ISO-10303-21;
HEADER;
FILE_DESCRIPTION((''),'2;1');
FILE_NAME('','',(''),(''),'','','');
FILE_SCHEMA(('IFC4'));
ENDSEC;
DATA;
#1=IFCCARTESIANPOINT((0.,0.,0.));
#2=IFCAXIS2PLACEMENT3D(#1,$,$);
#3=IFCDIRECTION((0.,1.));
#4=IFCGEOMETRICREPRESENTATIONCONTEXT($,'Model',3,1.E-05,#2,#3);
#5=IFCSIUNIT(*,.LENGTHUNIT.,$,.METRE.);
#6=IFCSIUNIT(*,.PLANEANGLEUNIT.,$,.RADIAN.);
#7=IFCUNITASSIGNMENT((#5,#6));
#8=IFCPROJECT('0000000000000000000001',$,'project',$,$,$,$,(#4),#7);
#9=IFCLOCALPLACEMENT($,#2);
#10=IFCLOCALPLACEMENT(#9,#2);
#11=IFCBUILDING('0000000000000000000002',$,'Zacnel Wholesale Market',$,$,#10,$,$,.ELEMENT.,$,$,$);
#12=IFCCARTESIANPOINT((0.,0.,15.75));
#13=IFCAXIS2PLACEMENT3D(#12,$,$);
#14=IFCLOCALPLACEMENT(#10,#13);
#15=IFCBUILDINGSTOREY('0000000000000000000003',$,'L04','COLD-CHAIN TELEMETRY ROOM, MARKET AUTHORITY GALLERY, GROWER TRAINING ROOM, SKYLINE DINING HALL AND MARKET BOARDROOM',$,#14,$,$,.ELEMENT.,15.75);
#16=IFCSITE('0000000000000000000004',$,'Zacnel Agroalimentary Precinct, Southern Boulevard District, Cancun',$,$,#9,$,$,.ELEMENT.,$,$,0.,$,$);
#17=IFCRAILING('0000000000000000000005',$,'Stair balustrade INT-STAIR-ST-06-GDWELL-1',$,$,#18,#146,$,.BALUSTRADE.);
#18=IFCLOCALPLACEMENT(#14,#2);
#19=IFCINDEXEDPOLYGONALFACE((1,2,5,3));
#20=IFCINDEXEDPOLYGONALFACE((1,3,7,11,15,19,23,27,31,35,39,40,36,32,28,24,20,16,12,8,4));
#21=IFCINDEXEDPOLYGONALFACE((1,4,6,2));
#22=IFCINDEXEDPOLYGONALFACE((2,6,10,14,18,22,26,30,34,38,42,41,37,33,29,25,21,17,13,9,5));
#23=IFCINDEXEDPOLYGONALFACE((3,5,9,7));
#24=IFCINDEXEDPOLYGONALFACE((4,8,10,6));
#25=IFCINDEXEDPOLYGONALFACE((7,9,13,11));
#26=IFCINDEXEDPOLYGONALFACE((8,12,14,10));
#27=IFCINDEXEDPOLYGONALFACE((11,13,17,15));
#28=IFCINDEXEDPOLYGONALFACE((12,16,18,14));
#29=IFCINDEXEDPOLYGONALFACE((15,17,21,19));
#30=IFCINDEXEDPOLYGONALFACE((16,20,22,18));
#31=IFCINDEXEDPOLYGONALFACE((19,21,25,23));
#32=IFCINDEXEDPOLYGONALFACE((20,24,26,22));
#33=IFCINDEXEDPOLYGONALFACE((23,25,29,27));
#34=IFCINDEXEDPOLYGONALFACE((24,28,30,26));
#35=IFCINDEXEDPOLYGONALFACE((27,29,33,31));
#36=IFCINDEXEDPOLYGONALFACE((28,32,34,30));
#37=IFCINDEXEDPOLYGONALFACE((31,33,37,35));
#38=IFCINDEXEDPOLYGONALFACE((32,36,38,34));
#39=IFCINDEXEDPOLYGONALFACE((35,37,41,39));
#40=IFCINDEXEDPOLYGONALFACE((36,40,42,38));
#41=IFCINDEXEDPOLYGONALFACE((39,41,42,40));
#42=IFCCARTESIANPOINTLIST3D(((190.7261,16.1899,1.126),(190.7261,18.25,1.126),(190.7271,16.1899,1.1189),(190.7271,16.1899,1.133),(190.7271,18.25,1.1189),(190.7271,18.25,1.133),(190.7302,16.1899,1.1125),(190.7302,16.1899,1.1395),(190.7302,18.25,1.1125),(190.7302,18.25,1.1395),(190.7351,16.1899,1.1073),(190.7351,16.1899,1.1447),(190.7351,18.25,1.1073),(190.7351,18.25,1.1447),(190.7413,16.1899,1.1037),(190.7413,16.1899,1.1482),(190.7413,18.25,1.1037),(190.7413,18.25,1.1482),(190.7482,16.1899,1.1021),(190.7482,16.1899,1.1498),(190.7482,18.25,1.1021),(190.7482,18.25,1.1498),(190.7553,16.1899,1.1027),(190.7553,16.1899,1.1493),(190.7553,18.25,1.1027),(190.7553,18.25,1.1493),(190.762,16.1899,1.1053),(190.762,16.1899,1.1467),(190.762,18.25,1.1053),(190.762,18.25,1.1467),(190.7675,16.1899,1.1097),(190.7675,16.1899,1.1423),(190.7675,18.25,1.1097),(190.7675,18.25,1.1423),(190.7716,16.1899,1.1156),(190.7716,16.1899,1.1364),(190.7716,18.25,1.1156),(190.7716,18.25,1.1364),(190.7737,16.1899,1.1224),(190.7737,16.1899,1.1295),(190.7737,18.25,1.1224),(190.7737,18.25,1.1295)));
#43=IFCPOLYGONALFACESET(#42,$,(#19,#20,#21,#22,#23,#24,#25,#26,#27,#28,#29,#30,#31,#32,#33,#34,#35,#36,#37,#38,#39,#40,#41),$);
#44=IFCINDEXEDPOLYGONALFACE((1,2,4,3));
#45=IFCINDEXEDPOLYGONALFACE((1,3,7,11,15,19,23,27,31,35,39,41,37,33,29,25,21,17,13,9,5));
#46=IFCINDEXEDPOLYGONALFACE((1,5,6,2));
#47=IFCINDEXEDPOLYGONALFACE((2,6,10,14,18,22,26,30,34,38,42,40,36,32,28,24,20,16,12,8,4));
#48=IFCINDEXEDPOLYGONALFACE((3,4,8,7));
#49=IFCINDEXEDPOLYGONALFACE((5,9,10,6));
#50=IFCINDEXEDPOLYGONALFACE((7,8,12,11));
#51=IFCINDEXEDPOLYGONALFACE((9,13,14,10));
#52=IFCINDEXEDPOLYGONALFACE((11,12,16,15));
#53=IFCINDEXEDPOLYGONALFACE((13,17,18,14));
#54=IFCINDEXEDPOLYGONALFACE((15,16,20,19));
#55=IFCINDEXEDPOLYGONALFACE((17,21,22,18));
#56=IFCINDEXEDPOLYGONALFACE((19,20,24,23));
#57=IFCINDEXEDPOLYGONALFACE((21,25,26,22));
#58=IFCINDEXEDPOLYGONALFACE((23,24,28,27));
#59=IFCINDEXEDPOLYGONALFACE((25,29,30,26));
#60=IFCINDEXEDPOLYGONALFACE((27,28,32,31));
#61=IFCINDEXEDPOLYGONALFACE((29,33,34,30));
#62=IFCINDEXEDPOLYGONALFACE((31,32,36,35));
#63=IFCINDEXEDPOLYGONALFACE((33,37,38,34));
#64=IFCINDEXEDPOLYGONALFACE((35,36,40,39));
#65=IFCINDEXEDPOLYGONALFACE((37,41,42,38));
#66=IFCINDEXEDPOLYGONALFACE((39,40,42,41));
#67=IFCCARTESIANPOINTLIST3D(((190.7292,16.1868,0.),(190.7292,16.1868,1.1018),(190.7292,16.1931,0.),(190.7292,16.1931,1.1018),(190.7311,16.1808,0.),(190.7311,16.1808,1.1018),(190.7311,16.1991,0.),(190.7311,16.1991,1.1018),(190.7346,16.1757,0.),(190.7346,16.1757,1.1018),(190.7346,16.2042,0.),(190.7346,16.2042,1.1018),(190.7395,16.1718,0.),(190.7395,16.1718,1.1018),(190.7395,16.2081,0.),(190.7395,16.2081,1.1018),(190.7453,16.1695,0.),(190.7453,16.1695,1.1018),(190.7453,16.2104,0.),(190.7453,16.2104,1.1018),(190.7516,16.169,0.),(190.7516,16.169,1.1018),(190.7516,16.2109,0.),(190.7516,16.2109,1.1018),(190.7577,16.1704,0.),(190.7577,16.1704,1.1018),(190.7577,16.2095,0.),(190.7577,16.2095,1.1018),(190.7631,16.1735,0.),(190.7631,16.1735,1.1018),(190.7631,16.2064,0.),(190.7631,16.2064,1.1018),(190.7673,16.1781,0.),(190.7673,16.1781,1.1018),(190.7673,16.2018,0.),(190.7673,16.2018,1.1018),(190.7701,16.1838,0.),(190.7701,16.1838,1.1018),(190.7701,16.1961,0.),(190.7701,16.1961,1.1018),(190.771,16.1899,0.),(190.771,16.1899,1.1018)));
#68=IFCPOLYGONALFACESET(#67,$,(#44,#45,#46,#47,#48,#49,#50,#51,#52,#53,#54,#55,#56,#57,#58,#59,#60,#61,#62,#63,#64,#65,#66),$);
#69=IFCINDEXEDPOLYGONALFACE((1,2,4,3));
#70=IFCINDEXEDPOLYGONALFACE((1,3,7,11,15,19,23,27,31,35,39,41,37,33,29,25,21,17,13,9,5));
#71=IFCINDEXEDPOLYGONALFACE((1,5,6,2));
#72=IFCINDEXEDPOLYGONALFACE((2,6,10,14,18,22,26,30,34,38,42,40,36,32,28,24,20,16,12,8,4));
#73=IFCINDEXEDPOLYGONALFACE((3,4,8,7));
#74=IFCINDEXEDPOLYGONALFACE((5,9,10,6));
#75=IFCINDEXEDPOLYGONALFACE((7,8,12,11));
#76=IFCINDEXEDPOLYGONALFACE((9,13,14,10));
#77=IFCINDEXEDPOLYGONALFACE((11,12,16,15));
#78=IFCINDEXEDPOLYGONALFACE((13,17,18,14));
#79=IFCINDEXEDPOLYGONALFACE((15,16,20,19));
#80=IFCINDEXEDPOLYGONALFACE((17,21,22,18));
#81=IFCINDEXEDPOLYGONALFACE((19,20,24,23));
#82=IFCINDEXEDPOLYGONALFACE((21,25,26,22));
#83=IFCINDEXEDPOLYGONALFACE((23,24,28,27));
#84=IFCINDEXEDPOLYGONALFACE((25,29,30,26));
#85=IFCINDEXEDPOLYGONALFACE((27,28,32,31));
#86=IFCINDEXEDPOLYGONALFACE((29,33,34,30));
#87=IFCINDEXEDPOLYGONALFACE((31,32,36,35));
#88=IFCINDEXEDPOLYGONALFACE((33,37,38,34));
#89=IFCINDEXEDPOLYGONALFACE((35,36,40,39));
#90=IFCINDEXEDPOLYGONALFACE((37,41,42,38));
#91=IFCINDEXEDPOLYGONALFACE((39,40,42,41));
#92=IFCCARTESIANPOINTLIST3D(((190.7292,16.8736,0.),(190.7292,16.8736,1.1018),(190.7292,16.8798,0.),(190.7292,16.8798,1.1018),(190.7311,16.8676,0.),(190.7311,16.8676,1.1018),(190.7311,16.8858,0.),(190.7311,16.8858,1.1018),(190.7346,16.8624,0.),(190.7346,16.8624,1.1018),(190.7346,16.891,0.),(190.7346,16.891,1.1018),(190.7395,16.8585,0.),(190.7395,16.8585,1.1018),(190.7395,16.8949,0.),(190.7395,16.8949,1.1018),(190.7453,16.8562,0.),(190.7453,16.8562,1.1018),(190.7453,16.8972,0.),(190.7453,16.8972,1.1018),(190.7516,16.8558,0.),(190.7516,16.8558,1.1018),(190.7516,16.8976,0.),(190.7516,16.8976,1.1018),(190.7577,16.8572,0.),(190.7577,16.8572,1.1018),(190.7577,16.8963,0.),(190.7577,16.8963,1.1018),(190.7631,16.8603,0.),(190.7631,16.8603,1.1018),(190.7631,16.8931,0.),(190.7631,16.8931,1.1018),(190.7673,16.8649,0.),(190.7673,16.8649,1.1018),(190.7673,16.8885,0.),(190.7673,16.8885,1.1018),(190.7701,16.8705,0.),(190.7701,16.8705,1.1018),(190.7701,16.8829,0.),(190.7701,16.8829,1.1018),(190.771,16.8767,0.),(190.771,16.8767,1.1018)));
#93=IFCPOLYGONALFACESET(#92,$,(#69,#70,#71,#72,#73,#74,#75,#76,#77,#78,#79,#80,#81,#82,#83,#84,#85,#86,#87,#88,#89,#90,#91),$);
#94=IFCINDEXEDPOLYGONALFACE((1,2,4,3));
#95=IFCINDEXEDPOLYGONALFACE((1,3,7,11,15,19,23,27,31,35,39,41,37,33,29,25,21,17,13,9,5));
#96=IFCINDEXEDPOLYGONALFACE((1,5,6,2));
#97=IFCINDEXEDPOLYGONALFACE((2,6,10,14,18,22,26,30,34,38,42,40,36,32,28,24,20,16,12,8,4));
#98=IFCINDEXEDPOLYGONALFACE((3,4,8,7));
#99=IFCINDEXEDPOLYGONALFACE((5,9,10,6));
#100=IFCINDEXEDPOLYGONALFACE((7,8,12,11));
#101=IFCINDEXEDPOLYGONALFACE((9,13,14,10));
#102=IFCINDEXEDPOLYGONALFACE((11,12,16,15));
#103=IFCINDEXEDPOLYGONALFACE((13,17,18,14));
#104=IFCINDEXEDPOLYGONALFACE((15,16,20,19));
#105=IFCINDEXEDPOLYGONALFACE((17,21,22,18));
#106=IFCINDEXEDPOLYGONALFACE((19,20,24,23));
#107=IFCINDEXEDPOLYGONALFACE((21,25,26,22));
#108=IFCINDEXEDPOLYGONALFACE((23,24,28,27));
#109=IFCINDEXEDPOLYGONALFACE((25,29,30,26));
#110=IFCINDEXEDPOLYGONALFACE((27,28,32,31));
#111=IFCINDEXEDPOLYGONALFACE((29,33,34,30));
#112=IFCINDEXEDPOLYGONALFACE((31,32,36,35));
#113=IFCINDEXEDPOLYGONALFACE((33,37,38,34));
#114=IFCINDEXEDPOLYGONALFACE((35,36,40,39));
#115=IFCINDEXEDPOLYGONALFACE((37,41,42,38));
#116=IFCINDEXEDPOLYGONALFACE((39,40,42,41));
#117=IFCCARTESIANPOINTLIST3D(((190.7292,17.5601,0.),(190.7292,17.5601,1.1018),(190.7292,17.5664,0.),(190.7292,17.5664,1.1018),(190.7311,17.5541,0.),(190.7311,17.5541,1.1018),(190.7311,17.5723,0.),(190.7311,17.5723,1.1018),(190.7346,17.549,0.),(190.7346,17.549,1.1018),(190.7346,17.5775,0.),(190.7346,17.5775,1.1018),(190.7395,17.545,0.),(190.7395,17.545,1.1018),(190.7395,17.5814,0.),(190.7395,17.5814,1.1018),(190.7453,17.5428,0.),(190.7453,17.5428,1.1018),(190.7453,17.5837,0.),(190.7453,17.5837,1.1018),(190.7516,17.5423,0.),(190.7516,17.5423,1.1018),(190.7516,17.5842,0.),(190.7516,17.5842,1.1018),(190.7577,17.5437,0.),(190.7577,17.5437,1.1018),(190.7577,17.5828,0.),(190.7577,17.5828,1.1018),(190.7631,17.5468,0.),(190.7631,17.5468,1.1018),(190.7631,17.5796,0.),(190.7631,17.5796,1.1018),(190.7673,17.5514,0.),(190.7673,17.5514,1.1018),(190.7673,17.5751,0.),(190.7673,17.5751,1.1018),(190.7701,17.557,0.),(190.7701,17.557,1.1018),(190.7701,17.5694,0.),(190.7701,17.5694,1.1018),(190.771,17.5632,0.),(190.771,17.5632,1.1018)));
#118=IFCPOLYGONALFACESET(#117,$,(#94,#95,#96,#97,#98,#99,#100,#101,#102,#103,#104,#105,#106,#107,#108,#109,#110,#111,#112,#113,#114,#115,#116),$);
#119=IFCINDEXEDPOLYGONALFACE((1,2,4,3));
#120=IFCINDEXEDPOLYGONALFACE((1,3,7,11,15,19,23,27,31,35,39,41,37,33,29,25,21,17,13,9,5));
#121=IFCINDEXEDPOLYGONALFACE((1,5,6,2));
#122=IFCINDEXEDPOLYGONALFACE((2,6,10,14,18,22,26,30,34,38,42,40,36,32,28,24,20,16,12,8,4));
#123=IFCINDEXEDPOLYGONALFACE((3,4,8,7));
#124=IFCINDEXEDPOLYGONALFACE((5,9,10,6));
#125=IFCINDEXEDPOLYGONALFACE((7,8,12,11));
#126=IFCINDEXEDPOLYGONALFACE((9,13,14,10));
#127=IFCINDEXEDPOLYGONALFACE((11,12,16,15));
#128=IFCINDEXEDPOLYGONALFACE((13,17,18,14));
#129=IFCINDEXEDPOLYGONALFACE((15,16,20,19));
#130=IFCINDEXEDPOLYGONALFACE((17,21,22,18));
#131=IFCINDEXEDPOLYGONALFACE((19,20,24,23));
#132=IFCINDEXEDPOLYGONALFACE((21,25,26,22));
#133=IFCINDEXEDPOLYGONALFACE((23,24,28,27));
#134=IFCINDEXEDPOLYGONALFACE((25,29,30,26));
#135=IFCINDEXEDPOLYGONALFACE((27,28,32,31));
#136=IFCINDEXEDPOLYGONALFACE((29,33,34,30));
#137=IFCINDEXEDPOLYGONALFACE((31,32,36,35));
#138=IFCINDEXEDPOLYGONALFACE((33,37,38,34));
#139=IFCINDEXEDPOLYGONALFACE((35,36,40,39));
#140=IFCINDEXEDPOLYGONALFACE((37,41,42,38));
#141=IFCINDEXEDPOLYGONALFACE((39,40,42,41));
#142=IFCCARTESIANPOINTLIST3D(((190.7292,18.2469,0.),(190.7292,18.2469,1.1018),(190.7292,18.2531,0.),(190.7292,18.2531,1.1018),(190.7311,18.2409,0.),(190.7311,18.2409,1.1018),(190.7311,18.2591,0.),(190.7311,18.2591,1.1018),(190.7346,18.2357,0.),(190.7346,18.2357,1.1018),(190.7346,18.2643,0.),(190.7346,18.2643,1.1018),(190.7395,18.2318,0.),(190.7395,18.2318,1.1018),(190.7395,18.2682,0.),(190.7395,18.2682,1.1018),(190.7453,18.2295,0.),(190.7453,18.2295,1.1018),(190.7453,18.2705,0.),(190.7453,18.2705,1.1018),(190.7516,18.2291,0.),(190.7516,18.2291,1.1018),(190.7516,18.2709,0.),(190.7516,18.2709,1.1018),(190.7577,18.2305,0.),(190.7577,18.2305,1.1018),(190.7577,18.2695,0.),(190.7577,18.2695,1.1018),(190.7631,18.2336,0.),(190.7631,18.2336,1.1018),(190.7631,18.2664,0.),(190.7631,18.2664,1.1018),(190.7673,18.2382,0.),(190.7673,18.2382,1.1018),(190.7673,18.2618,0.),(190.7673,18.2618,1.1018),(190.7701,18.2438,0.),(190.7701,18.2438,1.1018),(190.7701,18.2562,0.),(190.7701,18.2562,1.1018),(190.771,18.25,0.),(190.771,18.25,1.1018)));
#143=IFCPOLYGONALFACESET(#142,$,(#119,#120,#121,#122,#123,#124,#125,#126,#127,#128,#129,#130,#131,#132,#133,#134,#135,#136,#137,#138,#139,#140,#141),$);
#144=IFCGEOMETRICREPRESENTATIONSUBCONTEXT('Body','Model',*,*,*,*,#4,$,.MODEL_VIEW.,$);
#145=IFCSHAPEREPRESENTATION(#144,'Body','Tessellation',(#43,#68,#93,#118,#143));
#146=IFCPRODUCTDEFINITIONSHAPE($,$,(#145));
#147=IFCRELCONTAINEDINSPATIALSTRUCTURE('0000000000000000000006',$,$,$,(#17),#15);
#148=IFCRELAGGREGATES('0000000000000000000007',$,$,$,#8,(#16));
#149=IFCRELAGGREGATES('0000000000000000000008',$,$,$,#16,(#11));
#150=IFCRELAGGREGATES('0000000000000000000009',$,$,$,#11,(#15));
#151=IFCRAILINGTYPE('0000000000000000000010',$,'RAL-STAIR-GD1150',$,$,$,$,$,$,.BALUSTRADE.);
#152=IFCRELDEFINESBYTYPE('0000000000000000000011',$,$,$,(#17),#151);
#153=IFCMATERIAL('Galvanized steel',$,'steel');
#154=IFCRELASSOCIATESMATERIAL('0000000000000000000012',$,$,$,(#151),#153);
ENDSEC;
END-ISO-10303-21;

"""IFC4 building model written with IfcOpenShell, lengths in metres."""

from ifc_helpers import new_model, si_unit, direction, frame, origin, origin_2d, place, context, subcontext, project, spatial, circle, extrude, material, type_object, element, save


model = new_model("IFC4")

# Units and contexts
model_context = context("Model", 3, precision=1e-05, world=origin(), true_north=direction((0.0, 1.0)))
body_context = subcontext(model_context, "Body", "Model", "MODEL_VIEW")
ifc_project = project(units=[si_unit("LENGTHUNIT", "METRE"), si_unit("PLANEANGLEUNIT", "RADIAN")], contexts=[model_context])

# Site, building, storey
site_placement = place(None, origin())
site = spatial("IfcSite", under=ifc_project, at=site_placement, Name="Zacnel Agroalimentary Precinct, Southern Boulevard District, Cancun", CompositionType="ELEMENT", RefElevation=0.0)
building_placement = place(site_placement, origin())
building = spatial("IfcBuilding", under=site, at=building_placement, Name="Zacnel Wholesale Market", CompositionType="ELEMENT")
storey_placement = place(building_placement, frame((0.0, 0.0, 15.75)))
storey = spatial("IfcBuildingStorey", under=building, at=storey_placement, Name="L04", Description="COLD-CHAIN TELEMETRY ROOM, MARKET AUTHORITY GALLERY, GROWER TRAINING ROOM, SKYLINE DINING HALL AND MARKET BOARDROOM", CompositionType="ELEMENT", Elevation=15.75)

# Railing
ifc_material_1 = material(Name="Galvanized steel", Category="steel")
railing_type = type_object("IfcRailingType", Name="RAL-STAIR-GD1150", PredefinedType="BALUSTRADE", material=ifc_material_1)
railing_placement = place(storey_placement, frame((190.75, 16.1899, 0.0)))
element("IfcRailing", 1, at=railing_placement, inside=storey, type_object=railing_type, Name="Stair balustrade INT-STAIR-ST-06-GDWELL-1", PredefinedType="BALUSTRADE", context=body_context, shape_type="SweptSolid", body=[
    extrude(circle(Radius=0.0239, at=origin_2d()), frame((0.0, 0.0, 1.126), z_axis=(0.0, 1.0, 0.0), x_axis=(-1.0, 0.0, 0.0)), (0.0, 0.0, 1.0), 2.0601),
    extrude(circle(Radius=0.021, at=origin_2d()), origin(), (0.0, 0.0, 1.0), 1.1018),
    extrude(circle(Radius=0.021, at=origin_2d()), frame((0.0, 0.6868, 0.0)), (0.0, 0.0, 1.0), 1.1018),
    extrude(circle(Radius=0.021, at=origin_2d()), frame((0.0, 1.3733, 0.0)), (0.0, 0.0, 1.0), 1.1018),
    extrude(circle(Radius=0.021, at=origin_2d()), frame((0.0, 2.0601, 0.0)), (0.0, 0.0, 1.0), 1.1018),
])

save(model, "model.ifc")
